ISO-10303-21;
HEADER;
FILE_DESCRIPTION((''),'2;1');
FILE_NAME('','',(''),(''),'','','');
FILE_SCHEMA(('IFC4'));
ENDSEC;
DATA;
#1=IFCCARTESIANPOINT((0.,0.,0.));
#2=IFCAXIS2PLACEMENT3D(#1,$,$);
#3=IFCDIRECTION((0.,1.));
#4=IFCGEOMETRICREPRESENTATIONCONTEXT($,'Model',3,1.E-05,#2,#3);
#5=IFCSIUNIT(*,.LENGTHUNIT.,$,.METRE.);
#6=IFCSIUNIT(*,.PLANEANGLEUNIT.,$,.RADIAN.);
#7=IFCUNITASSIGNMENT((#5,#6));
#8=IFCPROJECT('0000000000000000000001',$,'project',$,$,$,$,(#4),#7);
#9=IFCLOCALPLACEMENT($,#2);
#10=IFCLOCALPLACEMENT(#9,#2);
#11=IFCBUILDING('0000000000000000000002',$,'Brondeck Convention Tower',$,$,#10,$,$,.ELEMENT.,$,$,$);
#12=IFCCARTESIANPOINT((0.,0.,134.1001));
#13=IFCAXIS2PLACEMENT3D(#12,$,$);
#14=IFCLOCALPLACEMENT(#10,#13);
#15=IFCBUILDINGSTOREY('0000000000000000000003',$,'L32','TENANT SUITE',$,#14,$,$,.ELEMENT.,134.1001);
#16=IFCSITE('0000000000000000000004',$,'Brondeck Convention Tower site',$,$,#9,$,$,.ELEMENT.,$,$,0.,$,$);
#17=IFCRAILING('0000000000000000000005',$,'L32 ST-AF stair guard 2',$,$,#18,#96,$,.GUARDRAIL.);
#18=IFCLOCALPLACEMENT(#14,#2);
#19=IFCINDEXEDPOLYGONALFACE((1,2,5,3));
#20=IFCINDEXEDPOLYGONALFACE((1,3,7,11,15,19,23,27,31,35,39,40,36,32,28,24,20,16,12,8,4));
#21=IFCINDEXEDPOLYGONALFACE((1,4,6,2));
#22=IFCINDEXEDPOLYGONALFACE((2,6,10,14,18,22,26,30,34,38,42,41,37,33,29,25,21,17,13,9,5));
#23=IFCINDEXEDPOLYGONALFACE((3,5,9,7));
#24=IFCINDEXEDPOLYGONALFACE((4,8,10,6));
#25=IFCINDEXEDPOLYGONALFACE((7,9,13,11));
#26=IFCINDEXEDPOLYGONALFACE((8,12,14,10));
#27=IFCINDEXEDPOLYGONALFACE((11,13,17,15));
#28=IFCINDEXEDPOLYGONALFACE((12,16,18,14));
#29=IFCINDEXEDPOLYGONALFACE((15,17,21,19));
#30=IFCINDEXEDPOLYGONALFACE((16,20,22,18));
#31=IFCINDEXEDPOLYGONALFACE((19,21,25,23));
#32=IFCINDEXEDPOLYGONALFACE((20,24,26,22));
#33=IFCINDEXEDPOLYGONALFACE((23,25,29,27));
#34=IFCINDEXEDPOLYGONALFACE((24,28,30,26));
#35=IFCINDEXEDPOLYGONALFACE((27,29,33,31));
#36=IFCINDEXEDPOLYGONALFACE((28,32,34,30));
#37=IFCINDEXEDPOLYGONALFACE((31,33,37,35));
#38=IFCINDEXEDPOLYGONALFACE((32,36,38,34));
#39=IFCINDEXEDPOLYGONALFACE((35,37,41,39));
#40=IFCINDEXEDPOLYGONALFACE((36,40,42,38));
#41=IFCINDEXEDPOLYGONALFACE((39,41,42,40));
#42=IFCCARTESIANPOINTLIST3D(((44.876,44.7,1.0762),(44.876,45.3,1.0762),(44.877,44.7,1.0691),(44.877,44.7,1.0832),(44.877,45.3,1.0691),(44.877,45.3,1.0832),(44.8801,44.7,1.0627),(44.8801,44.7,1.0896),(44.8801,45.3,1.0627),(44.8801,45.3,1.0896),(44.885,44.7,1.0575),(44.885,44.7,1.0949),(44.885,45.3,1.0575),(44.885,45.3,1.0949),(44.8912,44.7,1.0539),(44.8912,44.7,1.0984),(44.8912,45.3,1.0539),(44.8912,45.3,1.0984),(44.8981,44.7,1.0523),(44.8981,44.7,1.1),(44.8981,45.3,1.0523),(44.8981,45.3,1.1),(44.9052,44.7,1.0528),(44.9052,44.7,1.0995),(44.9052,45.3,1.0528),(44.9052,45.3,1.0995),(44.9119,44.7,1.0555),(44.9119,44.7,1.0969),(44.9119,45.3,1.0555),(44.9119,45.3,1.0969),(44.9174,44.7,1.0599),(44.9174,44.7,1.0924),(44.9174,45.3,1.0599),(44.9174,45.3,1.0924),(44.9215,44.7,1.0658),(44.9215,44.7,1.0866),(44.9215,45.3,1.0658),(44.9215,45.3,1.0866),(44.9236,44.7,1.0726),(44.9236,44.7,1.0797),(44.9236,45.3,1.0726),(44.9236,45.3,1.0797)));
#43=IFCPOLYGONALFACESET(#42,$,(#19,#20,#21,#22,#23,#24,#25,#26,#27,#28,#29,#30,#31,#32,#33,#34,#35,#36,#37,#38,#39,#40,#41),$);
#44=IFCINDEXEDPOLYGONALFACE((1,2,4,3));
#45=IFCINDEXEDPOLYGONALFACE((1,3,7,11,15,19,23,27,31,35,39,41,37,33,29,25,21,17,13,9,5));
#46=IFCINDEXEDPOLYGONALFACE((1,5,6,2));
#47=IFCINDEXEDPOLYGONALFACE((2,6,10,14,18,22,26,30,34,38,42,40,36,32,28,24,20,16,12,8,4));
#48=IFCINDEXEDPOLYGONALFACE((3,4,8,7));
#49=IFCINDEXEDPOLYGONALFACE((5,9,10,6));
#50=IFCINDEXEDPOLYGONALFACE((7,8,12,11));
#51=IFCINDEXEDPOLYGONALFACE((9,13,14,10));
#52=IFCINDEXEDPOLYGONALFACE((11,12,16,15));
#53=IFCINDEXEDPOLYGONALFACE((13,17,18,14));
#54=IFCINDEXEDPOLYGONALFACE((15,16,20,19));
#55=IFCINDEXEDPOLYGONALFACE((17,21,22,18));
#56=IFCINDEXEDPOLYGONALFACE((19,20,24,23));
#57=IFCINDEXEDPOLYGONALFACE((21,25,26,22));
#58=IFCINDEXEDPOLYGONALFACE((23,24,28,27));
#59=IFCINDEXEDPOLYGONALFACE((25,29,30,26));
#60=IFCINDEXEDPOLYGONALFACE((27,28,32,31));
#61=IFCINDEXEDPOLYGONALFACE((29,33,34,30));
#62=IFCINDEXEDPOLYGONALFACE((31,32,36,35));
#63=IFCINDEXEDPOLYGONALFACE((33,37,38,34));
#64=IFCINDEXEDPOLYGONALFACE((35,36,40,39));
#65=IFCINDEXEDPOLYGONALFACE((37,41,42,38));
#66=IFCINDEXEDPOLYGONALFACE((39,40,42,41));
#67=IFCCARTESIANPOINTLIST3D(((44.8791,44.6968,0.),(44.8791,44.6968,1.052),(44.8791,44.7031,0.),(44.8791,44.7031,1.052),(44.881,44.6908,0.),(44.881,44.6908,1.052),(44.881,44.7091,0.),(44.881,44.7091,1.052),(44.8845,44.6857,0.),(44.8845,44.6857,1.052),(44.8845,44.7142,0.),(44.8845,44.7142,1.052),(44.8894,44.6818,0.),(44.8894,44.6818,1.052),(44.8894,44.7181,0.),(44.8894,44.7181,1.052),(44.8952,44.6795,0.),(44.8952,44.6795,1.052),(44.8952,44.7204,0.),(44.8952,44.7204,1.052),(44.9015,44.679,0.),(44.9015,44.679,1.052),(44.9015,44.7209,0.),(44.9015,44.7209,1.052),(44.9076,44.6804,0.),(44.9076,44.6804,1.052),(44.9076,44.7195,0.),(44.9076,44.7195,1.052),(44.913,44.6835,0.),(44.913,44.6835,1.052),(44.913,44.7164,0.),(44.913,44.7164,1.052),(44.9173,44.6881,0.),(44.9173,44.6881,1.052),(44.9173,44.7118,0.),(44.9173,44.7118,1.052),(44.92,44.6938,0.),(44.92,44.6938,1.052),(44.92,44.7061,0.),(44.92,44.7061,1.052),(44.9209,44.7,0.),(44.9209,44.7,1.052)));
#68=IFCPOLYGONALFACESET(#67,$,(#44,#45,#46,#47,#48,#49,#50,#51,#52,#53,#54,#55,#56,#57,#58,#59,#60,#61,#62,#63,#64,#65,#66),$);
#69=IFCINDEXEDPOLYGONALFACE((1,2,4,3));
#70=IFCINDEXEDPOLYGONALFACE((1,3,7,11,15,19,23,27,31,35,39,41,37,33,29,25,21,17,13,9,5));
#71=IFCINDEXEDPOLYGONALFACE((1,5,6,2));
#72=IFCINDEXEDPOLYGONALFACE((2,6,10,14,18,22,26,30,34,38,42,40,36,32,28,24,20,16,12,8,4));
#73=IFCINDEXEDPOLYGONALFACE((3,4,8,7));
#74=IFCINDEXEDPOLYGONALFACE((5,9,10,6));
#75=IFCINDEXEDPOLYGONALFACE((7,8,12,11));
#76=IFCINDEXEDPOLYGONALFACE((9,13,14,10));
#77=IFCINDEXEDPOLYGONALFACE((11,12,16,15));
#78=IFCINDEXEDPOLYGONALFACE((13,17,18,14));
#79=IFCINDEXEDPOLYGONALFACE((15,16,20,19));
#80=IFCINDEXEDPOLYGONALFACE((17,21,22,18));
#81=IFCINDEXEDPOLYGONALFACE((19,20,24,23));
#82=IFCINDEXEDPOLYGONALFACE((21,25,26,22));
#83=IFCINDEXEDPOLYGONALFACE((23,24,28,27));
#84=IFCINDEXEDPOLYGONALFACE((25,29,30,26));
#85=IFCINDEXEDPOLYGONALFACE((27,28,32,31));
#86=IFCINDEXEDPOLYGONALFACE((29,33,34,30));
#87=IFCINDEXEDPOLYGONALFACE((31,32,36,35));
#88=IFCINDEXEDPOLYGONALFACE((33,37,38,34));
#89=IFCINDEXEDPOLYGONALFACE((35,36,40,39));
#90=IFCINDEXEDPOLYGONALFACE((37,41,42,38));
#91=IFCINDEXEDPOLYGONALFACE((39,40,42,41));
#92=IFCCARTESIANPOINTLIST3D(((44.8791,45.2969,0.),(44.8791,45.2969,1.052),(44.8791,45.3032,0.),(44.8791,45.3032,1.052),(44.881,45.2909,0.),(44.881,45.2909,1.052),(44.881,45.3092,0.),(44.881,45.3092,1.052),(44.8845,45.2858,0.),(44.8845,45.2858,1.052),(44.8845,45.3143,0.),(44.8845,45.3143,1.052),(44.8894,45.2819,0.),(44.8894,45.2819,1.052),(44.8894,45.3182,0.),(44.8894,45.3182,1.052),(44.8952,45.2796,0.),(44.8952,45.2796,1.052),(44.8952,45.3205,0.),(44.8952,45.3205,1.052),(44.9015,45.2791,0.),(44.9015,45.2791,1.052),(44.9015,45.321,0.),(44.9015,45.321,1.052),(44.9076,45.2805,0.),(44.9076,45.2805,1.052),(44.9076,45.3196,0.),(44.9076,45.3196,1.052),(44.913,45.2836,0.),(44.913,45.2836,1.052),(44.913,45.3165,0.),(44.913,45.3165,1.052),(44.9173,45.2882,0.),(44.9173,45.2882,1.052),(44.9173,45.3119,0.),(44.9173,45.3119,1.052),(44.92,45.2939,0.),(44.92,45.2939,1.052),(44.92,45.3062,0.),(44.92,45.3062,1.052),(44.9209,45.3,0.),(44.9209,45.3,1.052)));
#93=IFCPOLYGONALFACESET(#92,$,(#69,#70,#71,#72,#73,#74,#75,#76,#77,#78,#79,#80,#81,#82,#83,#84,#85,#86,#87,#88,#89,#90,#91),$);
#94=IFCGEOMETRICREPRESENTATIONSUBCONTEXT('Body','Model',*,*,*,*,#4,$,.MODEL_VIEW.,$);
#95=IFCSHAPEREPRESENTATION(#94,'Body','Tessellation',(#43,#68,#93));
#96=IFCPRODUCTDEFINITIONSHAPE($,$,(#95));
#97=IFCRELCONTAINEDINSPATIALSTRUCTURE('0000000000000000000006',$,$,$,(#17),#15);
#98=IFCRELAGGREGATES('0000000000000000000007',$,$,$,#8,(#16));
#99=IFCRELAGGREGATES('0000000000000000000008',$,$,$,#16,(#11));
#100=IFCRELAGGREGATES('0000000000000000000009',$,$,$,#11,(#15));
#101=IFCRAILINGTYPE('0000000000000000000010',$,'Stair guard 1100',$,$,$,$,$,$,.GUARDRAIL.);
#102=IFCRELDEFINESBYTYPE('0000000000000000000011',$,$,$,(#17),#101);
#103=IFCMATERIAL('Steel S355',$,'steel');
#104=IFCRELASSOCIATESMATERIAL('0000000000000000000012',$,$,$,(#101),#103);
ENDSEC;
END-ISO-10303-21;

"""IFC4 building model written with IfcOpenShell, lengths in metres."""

from ifc_helpers import new_model, si_unit, direction, frame, origin, origin_2d, place, context, subcontext, project, spatial, circle, extrude, material, type_object, element, save


model = new_model("IFC4")

# Units and contexts
model_context = context("Model", 3, precision=1e-05, world=origin(), true_north=direction((0.0, 1.0)))
body_context = subcontext(model_context, "Body", "Model", "MODEL_VIEW")
ifc_project = project(units=[si_unit("LENGTHUNIT", "METRE"), si_unit("PLANEANGLEUNIT", "RADIAN")], contexts=[model_context])

# Site, building, storey
site_placement = place(None, origin())
site = spatial("IfcSite", under=ifc_project, at=site_placement, Name="Brondeck Convention Tower site", CompositionType="ELEMENT", RefElevation=0.0)
building_placement = place(site_placement, origin())
building = spatial("IfcBuilding", under=site, at=building_placement, Name="Brondeck Convention Tower", CompositionType="ELEMENT")
storey_placement = place(building_placement, frame((0.0, 0.0, 134.1001)))
storey = spatial("IfcBuildingStorey", under=building, at=storey_placement, Name="L32", Description="TENANT SUITE", CompositionType="ELEMENT", Elevation=134.1001)

# Shared definitions
ifc_material_1 = material(Name="Steel S355", Category="steel")

# Railing
railing_type_1 = type_object("IfcRailingType", Name="Stair guard 1100", PredefinedType="GUARDRAIL", material=ifc_material_1)
railing_1_placement = place(storey_placement, frame((44.8999, 44.7, 0.0)))
element("IfcRailing", 1, at=railing_1_placement, inside=storey, type_object=railing_type_1, Name="L32 ST-AF stair guard 2", PredefinedType="GUARDRAIL", context=body_context, shape_type="SweptSolid", body=[
    extrude(circle(Radius=0.0239, at=origin_2d()), frame((0.0, 0.0, 1.0762), z_axis=(0.0, 1.0, 0.0), x_axis=(-1.0, 0.0, 0.0)), (0.0, 0.0, 1.0), 0.6001),
    extrude(circle(Radius=0.021, at=origin_2d()), origin(), (0.0, 0.0, 1.0), 1.052),
    extrude(circle(Radius=0.021, at=origin_2d()), frame((0.0, 0.6001, 0.0)), (0.0, 0.0, 1.0), 1.052),
])

save(model, "model.ifc")
